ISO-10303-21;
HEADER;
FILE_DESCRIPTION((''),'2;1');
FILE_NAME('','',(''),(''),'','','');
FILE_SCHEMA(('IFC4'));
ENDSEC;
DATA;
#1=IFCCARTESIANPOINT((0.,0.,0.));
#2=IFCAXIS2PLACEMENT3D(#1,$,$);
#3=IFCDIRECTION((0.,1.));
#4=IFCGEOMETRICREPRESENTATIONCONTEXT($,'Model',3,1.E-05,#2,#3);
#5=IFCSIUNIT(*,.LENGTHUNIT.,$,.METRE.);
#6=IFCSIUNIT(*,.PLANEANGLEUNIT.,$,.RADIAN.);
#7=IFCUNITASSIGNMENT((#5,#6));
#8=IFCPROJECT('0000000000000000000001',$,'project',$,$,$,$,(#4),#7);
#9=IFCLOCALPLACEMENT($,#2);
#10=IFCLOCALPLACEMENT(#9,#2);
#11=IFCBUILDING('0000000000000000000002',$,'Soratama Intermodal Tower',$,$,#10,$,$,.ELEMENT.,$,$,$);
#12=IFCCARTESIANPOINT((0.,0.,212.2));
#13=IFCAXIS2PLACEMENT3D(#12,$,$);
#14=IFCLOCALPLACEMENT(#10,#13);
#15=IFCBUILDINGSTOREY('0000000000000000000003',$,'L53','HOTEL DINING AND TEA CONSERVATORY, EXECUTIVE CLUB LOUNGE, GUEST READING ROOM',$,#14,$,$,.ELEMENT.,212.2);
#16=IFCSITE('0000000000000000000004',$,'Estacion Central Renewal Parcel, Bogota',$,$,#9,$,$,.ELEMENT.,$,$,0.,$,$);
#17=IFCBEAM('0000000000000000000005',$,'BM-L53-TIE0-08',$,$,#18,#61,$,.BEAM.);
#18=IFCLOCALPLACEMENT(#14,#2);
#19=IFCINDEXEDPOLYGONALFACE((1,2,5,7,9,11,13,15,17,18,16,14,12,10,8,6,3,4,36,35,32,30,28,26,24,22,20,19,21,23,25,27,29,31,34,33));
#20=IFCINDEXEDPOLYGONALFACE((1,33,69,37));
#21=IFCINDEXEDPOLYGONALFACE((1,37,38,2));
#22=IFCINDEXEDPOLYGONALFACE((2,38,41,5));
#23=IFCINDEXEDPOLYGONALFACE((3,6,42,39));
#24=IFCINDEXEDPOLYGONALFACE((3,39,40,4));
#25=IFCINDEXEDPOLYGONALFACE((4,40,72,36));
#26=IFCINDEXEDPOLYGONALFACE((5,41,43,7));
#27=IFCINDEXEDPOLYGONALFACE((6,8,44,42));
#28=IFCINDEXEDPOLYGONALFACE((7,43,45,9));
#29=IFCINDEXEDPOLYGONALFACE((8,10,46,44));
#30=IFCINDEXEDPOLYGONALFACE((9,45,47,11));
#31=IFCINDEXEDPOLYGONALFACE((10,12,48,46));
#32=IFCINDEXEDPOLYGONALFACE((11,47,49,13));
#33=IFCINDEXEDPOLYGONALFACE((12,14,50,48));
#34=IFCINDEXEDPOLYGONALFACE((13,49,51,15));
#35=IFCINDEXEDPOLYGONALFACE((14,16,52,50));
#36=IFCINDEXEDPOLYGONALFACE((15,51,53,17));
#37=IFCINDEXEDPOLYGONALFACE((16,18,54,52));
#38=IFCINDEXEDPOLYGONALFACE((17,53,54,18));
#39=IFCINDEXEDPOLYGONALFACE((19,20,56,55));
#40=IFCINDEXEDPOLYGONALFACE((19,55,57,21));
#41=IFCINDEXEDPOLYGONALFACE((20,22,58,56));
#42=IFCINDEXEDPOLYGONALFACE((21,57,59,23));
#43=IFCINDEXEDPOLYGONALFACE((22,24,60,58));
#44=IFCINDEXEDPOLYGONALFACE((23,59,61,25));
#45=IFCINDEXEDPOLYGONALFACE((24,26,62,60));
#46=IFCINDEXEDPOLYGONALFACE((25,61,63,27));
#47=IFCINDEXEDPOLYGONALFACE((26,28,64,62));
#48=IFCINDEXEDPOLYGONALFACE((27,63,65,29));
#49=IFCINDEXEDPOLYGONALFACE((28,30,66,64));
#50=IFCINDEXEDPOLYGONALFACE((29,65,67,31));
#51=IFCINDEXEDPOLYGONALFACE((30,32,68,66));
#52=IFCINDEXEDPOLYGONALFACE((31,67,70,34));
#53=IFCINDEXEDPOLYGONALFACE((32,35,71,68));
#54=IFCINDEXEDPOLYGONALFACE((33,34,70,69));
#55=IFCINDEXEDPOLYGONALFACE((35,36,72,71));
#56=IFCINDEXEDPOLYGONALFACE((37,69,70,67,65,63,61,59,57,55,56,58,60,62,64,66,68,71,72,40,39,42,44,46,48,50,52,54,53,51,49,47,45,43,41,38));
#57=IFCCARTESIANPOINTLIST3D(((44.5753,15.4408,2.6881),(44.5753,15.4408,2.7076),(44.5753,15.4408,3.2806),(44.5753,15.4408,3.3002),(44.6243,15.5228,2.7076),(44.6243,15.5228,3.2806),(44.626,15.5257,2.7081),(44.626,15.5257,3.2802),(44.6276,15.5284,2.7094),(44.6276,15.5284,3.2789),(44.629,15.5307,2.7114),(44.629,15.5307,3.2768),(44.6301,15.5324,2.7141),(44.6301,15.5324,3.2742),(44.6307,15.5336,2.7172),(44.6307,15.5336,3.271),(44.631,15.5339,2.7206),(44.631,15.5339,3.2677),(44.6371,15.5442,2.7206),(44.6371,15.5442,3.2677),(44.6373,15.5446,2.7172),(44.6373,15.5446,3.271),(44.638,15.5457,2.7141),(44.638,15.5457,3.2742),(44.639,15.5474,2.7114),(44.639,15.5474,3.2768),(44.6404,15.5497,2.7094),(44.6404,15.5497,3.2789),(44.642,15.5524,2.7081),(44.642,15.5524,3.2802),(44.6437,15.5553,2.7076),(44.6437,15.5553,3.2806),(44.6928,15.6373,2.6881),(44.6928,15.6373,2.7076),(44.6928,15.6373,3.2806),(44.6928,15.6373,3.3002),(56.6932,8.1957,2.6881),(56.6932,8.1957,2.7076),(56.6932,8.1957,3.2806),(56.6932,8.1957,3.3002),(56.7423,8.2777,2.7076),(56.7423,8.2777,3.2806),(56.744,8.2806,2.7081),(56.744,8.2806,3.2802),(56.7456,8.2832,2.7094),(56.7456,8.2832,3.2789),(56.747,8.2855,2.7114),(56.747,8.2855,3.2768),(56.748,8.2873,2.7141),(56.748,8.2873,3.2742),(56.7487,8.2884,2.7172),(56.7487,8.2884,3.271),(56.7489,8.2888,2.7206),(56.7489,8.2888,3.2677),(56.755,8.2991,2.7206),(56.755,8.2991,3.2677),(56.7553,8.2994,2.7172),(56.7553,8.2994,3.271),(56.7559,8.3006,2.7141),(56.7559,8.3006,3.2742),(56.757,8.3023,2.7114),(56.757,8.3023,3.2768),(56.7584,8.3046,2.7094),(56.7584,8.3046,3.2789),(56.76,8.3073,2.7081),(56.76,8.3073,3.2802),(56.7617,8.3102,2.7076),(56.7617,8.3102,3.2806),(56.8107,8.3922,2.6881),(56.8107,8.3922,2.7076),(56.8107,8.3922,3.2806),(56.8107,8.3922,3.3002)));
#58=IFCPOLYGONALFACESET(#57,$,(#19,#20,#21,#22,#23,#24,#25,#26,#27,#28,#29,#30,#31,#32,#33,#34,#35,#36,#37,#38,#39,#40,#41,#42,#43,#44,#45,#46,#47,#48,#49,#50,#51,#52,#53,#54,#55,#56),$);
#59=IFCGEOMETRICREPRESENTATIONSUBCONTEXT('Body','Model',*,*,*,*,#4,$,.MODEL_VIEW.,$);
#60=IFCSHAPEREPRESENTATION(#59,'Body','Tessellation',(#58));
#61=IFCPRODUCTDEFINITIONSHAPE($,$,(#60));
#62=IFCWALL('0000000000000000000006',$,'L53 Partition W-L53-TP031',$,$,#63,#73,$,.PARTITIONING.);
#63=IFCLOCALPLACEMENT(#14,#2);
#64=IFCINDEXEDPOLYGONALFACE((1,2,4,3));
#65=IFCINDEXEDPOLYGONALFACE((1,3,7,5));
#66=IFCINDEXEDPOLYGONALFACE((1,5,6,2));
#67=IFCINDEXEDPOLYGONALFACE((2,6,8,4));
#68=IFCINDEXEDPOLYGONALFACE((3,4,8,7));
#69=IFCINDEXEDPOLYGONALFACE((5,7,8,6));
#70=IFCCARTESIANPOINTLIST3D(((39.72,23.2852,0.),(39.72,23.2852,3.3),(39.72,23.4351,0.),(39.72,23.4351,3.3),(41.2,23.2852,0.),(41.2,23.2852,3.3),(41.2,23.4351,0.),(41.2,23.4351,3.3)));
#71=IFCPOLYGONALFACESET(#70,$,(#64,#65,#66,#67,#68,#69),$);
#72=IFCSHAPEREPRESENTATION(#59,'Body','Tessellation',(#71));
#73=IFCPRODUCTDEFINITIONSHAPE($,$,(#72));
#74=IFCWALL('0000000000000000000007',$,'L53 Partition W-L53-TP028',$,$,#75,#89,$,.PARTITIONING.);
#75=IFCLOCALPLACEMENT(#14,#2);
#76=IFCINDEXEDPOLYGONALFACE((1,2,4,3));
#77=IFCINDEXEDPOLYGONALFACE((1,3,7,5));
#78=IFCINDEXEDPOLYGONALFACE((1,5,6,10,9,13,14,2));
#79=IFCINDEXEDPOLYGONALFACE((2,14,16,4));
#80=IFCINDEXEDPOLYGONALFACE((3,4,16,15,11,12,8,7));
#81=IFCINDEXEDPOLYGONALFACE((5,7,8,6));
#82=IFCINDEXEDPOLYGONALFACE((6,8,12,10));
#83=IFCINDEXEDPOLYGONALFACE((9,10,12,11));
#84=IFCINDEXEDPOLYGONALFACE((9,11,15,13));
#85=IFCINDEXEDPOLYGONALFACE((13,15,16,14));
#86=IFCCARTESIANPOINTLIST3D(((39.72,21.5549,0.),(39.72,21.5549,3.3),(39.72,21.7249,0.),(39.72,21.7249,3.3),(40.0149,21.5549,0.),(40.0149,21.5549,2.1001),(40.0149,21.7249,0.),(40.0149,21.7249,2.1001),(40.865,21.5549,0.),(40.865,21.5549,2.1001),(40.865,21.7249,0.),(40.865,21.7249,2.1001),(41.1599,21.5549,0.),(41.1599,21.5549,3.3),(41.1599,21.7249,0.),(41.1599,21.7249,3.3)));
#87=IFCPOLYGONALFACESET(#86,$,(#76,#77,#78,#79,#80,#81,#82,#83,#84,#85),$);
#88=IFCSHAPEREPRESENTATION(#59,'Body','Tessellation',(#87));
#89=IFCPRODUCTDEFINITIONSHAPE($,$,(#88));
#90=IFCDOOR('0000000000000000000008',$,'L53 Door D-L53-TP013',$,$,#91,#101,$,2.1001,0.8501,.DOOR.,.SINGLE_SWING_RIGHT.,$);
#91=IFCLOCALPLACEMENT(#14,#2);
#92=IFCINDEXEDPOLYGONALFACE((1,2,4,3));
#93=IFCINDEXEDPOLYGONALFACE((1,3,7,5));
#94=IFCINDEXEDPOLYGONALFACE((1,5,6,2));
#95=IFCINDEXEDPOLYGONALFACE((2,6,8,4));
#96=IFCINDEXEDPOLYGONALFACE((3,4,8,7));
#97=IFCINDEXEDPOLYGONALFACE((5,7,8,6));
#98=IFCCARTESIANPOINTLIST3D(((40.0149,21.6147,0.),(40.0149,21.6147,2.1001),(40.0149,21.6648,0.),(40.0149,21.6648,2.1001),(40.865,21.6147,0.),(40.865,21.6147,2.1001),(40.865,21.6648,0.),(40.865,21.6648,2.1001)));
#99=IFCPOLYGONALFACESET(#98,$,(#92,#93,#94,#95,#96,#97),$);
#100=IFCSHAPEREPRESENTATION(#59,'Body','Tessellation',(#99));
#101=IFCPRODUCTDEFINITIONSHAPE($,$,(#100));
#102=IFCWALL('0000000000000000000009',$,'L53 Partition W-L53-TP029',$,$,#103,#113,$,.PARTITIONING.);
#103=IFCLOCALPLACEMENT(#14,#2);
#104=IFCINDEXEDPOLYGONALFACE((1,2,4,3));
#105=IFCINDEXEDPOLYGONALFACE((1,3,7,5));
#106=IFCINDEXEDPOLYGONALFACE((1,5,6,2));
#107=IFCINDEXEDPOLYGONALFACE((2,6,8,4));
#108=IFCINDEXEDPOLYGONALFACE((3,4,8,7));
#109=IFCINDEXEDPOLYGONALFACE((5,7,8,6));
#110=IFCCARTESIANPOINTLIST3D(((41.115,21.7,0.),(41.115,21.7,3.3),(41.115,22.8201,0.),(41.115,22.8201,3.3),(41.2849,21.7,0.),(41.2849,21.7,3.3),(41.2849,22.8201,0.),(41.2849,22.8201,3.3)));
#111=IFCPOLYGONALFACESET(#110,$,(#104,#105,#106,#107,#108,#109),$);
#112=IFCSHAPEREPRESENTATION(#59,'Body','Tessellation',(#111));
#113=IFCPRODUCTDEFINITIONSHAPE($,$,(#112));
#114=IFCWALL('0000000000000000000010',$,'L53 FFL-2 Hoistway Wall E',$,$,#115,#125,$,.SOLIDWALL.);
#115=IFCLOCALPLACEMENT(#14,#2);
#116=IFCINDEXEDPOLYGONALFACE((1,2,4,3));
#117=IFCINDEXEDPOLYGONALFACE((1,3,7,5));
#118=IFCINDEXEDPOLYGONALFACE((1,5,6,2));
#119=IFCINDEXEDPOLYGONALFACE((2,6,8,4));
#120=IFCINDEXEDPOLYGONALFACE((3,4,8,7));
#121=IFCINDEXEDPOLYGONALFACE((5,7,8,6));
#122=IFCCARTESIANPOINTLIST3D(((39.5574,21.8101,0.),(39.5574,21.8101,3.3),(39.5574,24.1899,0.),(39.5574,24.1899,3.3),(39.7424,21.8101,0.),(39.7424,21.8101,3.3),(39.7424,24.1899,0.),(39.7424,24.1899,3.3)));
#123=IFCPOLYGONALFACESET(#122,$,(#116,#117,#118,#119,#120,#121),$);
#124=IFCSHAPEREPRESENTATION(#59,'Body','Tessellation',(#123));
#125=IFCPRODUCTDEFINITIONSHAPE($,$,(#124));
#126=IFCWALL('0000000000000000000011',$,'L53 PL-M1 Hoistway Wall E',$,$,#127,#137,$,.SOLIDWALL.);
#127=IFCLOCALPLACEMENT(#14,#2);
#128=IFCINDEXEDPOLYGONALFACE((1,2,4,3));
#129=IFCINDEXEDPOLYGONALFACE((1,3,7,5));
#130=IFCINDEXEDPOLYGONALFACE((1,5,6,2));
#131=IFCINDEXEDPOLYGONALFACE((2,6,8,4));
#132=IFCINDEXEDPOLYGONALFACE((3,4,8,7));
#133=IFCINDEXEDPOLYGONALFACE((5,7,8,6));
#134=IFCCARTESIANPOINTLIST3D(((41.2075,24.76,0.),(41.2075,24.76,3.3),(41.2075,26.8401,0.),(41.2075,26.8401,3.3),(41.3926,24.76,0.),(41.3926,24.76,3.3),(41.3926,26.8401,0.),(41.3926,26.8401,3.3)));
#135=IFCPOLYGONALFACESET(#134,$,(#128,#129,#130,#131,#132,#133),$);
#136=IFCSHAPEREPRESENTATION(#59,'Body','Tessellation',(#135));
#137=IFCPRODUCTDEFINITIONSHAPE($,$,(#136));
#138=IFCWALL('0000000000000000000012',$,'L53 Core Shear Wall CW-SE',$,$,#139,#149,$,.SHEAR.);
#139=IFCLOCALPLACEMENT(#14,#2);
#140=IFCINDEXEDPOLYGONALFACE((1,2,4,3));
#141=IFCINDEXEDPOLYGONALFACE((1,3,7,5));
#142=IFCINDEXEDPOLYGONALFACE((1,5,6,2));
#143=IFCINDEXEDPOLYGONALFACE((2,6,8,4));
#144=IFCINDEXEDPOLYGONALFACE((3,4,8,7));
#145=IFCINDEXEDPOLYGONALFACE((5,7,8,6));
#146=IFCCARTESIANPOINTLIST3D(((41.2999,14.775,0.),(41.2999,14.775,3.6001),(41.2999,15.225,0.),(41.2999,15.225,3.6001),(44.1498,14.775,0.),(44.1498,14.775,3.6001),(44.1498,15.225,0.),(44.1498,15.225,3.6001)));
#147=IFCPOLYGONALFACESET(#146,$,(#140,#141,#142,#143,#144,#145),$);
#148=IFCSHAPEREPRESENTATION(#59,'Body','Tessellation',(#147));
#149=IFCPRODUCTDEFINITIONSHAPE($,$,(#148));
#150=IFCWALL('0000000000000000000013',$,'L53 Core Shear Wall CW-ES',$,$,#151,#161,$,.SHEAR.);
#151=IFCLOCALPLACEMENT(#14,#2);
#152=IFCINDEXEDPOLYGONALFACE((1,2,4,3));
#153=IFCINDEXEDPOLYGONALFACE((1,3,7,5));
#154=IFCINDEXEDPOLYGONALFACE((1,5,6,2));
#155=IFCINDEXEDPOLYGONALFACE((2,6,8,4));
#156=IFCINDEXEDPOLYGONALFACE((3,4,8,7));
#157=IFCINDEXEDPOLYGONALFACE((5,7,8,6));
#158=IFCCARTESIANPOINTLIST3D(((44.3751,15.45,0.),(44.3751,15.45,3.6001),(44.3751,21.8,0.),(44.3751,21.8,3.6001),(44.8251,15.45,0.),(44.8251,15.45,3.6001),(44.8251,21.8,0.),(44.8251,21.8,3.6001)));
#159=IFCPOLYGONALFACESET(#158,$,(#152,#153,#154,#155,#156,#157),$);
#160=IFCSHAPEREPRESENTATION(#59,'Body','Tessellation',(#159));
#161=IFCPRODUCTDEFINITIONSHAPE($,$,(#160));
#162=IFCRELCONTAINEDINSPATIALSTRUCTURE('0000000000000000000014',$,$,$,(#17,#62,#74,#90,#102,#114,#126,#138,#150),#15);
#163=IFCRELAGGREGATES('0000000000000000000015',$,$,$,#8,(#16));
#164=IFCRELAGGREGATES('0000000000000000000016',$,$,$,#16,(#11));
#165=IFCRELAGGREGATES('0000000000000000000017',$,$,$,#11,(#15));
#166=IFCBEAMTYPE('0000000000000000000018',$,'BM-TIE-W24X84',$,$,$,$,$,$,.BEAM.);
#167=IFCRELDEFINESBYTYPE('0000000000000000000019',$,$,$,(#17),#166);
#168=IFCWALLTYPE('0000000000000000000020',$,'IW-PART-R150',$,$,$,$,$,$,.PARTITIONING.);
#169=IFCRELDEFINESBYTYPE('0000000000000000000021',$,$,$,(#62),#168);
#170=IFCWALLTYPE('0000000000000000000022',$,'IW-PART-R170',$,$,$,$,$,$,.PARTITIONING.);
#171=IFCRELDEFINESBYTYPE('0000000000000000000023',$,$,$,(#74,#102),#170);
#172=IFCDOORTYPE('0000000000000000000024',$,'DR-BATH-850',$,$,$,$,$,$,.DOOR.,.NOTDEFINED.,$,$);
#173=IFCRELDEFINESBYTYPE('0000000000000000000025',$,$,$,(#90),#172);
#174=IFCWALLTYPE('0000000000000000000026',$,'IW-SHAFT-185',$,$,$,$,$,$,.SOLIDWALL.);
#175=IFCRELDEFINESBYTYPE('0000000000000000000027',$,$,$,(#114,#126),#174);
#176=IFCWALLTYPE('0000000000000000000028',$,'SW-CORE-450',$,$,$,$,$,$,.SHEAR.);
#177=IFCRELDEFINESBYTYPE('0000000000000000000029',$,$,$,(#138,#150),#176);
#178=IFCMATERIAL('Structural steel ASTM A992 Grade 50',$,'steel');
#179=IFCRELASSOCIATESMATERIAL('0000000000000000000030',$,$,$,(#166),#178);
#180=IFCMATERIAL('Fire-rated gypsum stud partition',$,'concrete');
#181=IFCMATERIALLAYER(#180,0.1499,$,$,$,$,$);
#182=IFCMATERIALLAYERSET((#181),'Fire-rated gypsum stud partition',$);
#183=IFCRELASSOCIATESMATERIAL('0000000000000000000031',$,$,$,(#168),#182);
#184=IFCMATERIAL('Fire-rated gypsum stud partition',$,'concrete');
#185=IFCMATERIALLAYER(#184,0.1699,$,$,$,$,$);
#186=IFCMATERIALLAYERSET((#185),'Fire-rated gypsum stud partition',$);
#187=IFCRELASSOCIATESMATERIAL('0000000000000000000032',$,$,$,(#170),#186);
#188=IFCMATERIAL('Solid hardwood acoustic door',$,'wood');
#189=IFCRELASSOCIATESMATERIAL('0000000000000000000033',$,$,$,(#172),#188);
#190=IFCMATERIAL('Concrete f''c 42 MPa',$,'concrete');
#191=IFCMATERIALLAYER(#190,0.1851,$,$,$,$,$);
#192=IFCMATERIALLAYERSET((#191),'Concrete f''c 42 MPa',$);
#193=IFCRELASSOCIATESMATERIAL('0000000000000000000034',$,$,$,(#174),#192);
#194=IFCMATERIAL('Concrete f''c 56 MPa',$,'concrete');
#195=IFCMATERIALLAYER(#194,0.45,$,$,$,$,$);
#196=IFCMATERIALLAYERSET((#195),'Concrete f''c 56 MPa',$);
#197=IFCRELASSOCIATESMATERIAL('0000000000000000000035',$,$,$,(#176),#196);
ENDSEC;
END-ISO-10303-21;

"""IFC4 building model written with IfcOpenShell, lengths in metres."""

from ifc_helpers import new_model, si_unit, direction, frame, frame_2d, origin, origin_2d, place, context, subcontext, project, spatial, rectangle, i_section, extrude, material, layer, layer_set, material_profile, profile_set, type_object, element, fill, save


model = new_model("IFC4")

# Units and contexts
model_context = context("Model", 3, precision=1e-05, world=origin(), true_north=direction((0.0, 1.0)))
body_context = subcontext(model_context, "Body", "Model", "MODEL_VIEW")
ifc_project = project(units=[si_unit("LENGTHUNIT", "METRE"), si_unit("PLANEANGLEUNIT", "RADIAN")], contexts=[model_context])

# Site, building, storey
site_placement = place(None, origin())
site = spatial("IfcSite", under=ifc_project, at=site_placement, Name="Estacion Central Renewal Parcel, Bogota", CompositionType="ELEMENT", RefElevation=0.0)
building_placement = place(site_placement, origin())
building = spatial("IfcBuilding", under=site, at=building_placement, Name="Soratama Intermodal Tower", CompositionType="ELEMENT")
storey_placement = place(building_placement, frame((0.0, 0.0, 212.2)))
storey = spatial("IfcBuildingStorey", under=building, at=storey_placement, Name="L53", Description="HOTEL DINING AND TEA CONSERVATORY, EXECUTIVE CLUB LOUNGE, GUEST READING ROOM", CompositionType="ELEMENT", Elevation=212.2)

# Beam
ifc_material_1 = material(Name="Structural steel ASTM A992 Grade 50", Category="steel")
ifc_material_profile_1 = material_profile(ifc_material_1, i_section(OverallWidth=0.229, OverallDepth=0.6121, WebThickness=0.012, FlangeThickness=0.0195, FilletRadius=0.0129, at=origin_2d()), Name="W24X84")
ifc_profile_set_1 = profile_set([ifc_material_profile_1], Name="Structural steel ASTM A992 Grade 50")
beam_type_1 = type_object("IfcBeamType", Name="BM-TIE-W24X84", PredefinedType="BEAM", material=ifc_profile_set_1)
beam_1_placement = place(storey_placement, frame((44.634, 15.5391, 2.9941), z_axis=(0.858293, -0.51316, 0.0), x_axis=(0.51316, 0.858293, 0.0)))
element("IfcBeam", 1, at=beam_1_placement, inside=storey, type_object=beam_type_1, Name="BM-L53-TIE0-08", PredefinedType="BEAM", context=body_context, shape_type="SweptSolid", body=[
    extrude(i_section(OverallWidth=0.229, OverallDepth=0.6121, WebThickness=0.012, FlangeThickness=0.0195, FilletRadius=0.0129, at=origin_2d()), origin(), (0.0, 0.0, 1.0), 14.1187),
])

# Wall
ifc_material_2 = material(Name="Fire-rated gypsum stud partition", Category="concrete")
ifc_layer_1 = layer(ifc_material_2, 0.1499)
ifc_layer_set_1 = layer_set([ifc_layer_1], Name="Fire-rated gypsum stud partition")
wall_type_1 = type_object("IfcWallType", Name="IW-PART-R150", PredefinedType="PARTITIONING", material=ifc_layer_set_1)
wall_1_placement = place(storey_placement, frame((41.2, 23.3601, 0.0), z_axis=(0.0, 0.0, 1.0), x_axis=(-1.0, 0.0, 0.0)))
element("IfcWall", 2, at=wall_1_placement, inside=storey, type_object=wall_type_1, Name="L53 Partition W-L53-TP031", PredefinedType="PARTITIONING", context=body_context, shape_type="SweptSolid", body=[
    extrude(rectangle(XDim=1.48, YDim=0.1499, at=frame_2d((0.74, 0.0))), origin(), (0.0, 0.0, 1.0), 3.3),
])

# Wall, opening, door
ifc_material_3 = material(Name="Fire-rated gypsum stud partition", Category="concrete")
ifc_layer_2 = layer(ifc_material_3, 0.1699)
ifc_layer_set_2 = layer_set([ifc_layer_2], Name="Fire-rated gypsum stud partition")
wall_type_2 = type_object("IfcWallType", Name="IW-PART-R170", PredefinedType="PARTITIONING", material=ifc_layer_set_2)
wall_2_placement = place(storey_placement, frame((39.72, 21.6399, 0.0), z_axis=(0.0, 0.0, 1.0), x_axis=(1.0, 0.0, 0.0)))
wall_2 = element("IfcWall", 3, at=wall_2_placement, inside=storey, type_object=wall_type_2, Name="L53 Partition W-L53-TP028", PredefinedType="PARTITIONING", context=body_context, shape_type="SweptSolid", body=[
    extrude(rectangle(XDim=1.4399, YDim=0.1699, at=frame_2d((0.72, 0.0))), origin(), (0.0, 0.0, 1.0), 3.3),
])
opening_1_placement = place(wall_2_placement, frame((0.2949, 0.0, 0.0)))
opening_1 = element("IfcOpeningElement", 4, at=opening_1_placement, cuts=wall_2, PredefinedType="OPENING", context=body_context, shape_type="SweptSolid", body=[
    extrude(rectangle(XDim=0.8501, YDim=2.1001, at=frame_2d((0.425, 1.05))), frame((0.0, 0.095, 0.0), z_axis=(0.0, -1.0, 0.0), x_axis=(1.0, 0.0, 0.0)), (0.0, 0.0, 1.0), 0.1899),
])
ifc_material_4 = material(Name="Solid hardwood acoustic door", Category="wood")
door_type_1 = type_object("IfcDoorType", Name="DR-BATH-850", OperationType="NOTDEFINED", PredefinedType="DOOR", material=ifc_material_4)
door_1_placement = place(opening_1_placement, origin())
door_1 = element("IfcDoor", 5, at=door_1_placement, inside=storey, type_object=door_type_1, Name="L53 Door D-L53-TP013", OperationType="SINGLE_SWING_RIGHT", OverallHeight=2.1001, OverallWidth=0.8501, PredefinedType="DOOR", context=body_context, shape_type="SweptSolid", body=[
    extrude(rectangle(XDim=0.8501, YDim=2.1001, at=frame_2d((0.425, 1.05))), frame((0.0, 0.0249, 0.0), z_axis=(0.0, -1.0, 0.0), x_axis=(1.0, 0.0, 0.0)), (0.0, 0.0, 1.0), 0.05),
])
fill(opening_1, door_1)

# Walls
wall_3_placement = place(storey_placement, frame((41.2, 21.7, 0.0), z_axis=(0.0, 0.0, 1.0), x_axis=(0.0, 1.0, 0.0)))
element("IfcWall", 6, at=wall_3_placement, inside=storey, type_object=wall_type_2, Name="L53 Partition W-L53-TP029", PredefinedType="PARTITIONING", context=body_context, shape_type="SweptSolid", body=[
    extrude(rectangle(XDim=1.1201, YDim=0.1699, at=frame_2d((0.5601, 0.0))), origin(), (0.0, 0.0, 1.0), 3.3),
])
ifc_material_5 = material(Name="Concrete f'c 42 MPa", Category="concrete")
ifc_layer_3 = layer(ifc_material_5, 0.1851)
ifc_layer_set_3 = layer_set([ifc_layer_3], Name="Concrete f'c 42 MPa")
wall_type_3 = type_object("IfcWallType", Name="IW-SHAFT-185", PredefinedType="SOLIDWALL", material=ifc_layer_set_3)
wall_4_placement = place(storey_placement, frame((39.6499, 21.8101, 0.0), z_axis=(0.0, 0.0, 1.0), x_axis=(0.0, 1.0, 0.0)))
element("IfcWall", 7, at=wall_4_placement, inside=storey, type_object=wall_type_3, Name="L53 FFL-2 Hoistway Wall E", PredefinedType="SOLIDWALL", context=body_context, shape_type="SweptSolid", body=[
    extrude(rectangle(XDim=2.3799, YDim=0.1851, at=frame_2d((1.1899, 0.0))), origin(), (0.0, 0.0, 1.0), 3.3),
])
wall_5_placement = place(storey_placement, frame((41.3, 24.76, 0.0), z_axis=(0.0, 0.0, 1.0), x_axis=(0.0, 1.0, 0.0)))
element("IfcWall", 8, at=wall_5_placement, inside=storey, type_object=wall_type_3, Name="L53 PL-M1 Hoistway Wall E", PredefinedType="SOLIDWALL", context=body_context, shape_type="SweptSolid", body=[
    extrude(rectangle(XDim=2.0801, YDim=0.1851, at=frame_2d((1.04, 0.0))), origin(), (0.0, 0.0, 1.0), 3.3),
])
ifc_material_6 = material(Name="Concrete f'c 56 MPa", Category="concrete")
ifc_layer_4 = layer(ifc_material_6, 0.45)
ifc_layer_set_4 = layer_set([ifc_layer_4], Name="Concrete f'c 56 MPa")
wall_type_4 = type_object("IfcWallType", Name="SW-CORE-450", PredefinedType="SHEAR", material=ifc_layer_set_4)
wall_6_placement = place(storey_placement, frame((41.3, 15.0, 0.0), z_axis=(0.0, 0.0, 1.0), x_axis=(1.0, 0.0, 0.0)))
element("IfcWall", 9, at=wall_6_placement, inside=storey, type_object=wall_type_4, Name="L53 Core Shear Wall CW-SE", PredefinedType="SHEAR", context=body_context, shape_type="SweptSolid", body=[
    extrude(rectangle(XDim=2.8499, YDim=0.45, at=frame_2d((1.4248, 0.0))), origin(), (0.0, 0.0, 1.0), 3.6001),
])
wall_7_placement = place(storey_placement, frame((44.6001, 15.45, 0.0), z_axis=(0.0, 0.0, 1.0), x_axis=(0.0, 1.0, 0.0)))
element("IfcWall", 10, at=wall_7_placement, inside=storey, type_object=wall_type_4, Name="L53 Core Shear Wall CW-ES", PredefinedType="SHEAR", context=body_context, shape_type="SweptSolid", body=[
    extrude(rectangle(XDim=6.3501, YDim=0.45, at=frame_2d((3.175, 0.0))), origin(), (0.0, 0.0, 1.0), 3.6001),
])

save(model, "model.ifc")
